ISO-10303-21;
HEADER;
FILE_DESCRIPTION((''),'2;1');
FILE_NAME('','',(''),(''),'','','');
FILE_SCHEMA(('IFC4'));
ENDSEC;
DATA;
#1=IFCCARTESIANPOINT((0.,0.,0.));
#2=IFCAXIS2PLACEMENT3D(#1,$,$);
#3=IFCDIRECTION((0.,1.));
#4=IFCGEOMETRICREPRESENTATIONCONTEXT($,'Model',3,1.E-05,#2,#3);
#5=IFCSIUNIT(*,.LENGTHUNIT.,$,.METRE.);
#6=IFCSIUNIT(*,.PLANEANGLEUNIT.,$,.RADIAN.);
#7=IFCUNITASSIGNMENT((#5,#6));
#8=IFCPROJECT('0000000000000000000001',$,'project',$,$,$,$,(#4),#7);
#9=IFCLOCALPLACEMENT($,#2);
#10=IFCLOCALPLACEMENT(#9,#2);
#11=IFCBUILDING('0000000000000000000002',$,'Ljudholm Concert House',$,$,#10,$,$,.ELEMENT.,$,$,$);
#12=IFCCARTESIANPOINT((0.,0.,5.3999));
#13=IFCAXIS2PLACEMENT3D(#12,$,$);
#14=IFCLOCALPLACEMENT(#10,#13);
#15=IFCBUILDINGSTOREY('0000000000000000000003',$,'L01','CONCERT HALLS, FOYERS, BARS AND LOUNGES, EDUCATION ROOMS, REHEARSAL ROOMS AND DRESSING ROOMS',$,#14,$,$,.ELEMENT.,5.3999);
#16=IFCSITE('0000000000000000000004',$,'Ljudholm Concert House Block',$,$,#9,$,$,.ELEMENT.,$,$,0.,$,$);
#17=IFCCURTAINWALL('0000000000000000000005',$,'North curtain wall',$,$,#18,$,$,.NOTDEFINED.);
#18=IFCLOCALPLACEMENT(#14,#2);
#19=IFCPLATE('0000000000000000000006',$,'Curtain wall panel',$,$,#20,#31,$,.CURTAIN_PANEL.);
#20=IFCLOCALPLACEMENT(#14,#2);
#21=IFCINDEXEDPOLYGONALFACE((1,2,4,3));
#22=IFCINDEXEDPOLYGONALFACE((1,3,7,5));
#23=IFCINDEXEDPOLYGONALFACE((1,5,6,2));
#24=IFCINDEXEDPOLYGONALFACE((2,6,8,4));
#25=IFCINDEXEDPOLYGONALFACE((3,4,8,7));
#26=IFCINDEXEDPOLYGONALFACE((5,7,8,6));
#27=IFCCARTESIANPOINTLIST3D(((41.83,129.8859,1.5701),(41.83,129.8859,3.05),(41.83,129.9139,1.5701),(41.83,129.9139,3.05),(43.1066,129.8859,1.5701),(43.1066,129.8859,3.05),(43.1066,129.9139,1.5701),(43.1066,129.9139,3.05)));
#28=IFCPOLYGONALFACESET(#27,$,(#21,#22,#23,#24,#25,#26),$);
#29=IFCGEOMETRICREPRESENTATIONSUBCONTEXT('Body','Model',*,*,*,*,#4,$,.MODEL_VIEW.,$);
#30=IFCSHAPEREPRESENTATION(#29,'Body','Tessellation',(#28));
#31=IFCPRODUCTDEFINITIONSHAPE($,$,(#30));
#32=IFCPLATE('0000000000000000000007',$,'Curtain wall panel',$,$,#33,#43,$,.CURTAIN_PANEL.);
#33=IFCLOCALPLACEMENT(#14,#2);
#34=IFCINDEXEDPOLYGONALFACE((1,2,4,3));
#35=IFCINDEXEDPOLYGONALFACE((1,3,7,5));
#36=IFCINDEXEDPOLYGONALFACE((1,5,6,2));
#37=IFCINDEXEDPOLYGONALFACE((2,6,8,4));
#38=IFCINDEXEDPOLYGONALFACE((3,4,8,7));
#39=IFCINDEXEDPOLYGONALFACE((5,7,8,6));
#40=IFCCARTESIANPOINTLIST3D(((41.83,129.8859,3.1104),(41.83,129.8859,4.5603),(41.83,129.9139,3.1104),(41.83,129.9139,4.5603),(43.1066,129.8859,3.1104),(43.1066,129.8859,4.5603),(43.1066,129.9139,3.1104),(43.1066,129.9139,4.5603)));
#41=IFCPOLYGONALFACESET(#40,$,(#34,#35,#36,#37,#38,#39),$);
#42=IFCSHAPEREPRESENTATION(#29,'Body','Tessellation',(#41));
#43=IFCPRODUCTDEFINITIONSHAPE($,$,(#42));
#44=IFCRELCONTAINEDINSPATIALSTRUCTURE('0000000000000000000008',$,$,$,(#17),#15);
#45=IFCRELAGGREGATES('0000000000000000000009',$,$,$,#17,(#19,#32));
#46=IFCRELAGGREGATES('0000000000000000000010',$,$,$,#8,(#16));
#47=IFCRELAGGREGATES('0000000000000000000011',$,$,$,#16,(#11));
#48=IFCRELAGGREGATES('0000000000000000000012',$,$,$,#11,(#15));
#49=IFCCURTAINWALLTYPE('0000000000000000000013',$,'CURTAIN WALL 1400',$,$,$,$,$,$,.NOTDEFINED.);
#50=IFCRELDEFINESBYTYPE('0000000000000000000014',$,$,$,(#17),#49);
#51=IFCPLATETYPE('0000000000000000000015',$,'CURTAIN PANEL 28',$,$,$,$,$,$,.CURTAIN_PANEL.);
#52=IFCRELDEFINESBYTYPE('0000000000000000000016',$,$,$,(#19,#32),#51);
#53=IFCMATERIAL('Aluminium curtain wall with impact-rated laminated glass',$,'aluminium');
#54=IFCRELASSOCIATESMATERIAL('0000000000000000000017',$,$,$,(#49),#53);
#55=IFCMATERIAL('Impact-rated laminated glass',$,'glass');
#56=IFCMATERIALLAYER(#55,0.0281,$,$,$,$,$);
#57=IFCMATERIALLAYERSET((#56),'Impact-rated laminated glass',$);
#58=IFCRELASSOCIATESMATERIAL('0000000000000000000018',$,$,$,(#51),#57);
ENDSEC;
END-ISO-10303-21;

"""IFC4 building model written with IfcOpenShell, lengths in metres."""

from ifc_helpers import new_model, si_unit, direction, frame, origin, origin_2d, place, context, subcontext, project, spatial, rectangle, extrude, material, layer, layer_set, type_object, element, aggregate, save


model = new_model("IFC4")

# Units and contexts
model_context = context("Model", 3, precision=1e-05, world=origin(), true_north=direction((0.0, 1.0)))
body_context = subcontext(model_context, "Body", "Model", "MODEL_VIEW")
ifc_project = project(units=[si_unit("LENGTHUNIT", "METRE"), si_unit("PLANEANGLEUNIT", "RADIAN")], contexts=[model_context])

# Site, building, storey
site_placement = place(None, origin())
site = spatial("IfcSite", under=ifc_project, at=site_placement, Name="Ljudholm Concert House Block", CompositionType="ELEMENT", RefElevation=0.0)
building_placement = place(site_placement, origin())
building = spatial("IfcBuilding", under=site, at=building_placement, Name="Ljudholm Concert House", CompositionType="ELEMENT")
storey_placement = place(building_placement, frame((0.0, 0.0, 5.3999)))
storey = spatial("IfcBuildingStorey", under=building, at=storey_placement, Name="L01", Description="CONCERT HALLS, FOYERS, BARS AND LOUNGES, EDUCATION ROOMS, REHEARSAL ROOMS AND DRESSING ROOMS", CompositionType="ELEMENT", Elevation=5.3999)

# Curtain wall
ifc_material_1 = material(Name="Aluminium curtain wall with impact-rated laminated glass", Category="aluminium")
curtain_wall_type = type_object("IfcCurtainWallType", Name="CURTAIN WALL 1400", PredefinedType="NOTDEFINED", material=ifc_material_1)
curtain_wall_placement = place(storey_placement, origin())
curtain_wall = element("IfcCurtainWall", 1, at=curtain_wall_placement, inside=storey, type_object=curtain_wall_type, Name="North curtain wall", PredefinedType="NOTDEFINED")

# Plates
ifc_material_2 = material(Name="Impact-rated laminated glass", Category="glass")
ifc_layer = layer(ifc_material_2, 0.0281)
ifc_layer_set = layer_set([ifc_layer], Name="Impact-rated laminated glass")
plate_type = type_object("IfcPlateType", Name="CURTAIN PANEL 28", PredefinedType="CURTAIN_PANEL", material=ifc_layer_set)
plate_1_placement = place(storey_placement, frame((42.4683, 129.8999, 1.5701), z_axis=(0.0, 0.0, 1.0), x_axis=(1.0, 0.0, 0.0)))
plate_1 = element("IfcPlate", 2, at=plate_1_placement, type_object=plate_type, Name="Curtain wall panel", PredefinedType="CURTAIN_PANEL", context=body_context, shape_type="SweptSolid", body=[
    extrude(rectangle(XDim=1.2766, YDim=0.0281, at=origin_2d()), origin(), (0.0, 0.0, 1.0), 1.48),
])
plate_2_placement = place(storey_placement, frame((42.4683, 129.8999, 3.1104), z_axis=(0.0, 0.0, 1.0), x_axis=(1.0, 0.0, 0.0)))
plate_2 = element("IfcPlate", 3, at=plate_2_placement, type_object=plate_type, Name="Curtain wall panel", PredefinedType="CURTAIN_PANEL", context=body_context, shape_type="SweptSolid", body=[
    extrude(rectangle(XDim=1.2766, YDim=0.0281, at=origin_2d()), origin(), (0.0, 0.0, 1.0), 1.45),
])
aggregate(curtain_wall, [plate_1, plate_2])

save(model, "model.ifc")
